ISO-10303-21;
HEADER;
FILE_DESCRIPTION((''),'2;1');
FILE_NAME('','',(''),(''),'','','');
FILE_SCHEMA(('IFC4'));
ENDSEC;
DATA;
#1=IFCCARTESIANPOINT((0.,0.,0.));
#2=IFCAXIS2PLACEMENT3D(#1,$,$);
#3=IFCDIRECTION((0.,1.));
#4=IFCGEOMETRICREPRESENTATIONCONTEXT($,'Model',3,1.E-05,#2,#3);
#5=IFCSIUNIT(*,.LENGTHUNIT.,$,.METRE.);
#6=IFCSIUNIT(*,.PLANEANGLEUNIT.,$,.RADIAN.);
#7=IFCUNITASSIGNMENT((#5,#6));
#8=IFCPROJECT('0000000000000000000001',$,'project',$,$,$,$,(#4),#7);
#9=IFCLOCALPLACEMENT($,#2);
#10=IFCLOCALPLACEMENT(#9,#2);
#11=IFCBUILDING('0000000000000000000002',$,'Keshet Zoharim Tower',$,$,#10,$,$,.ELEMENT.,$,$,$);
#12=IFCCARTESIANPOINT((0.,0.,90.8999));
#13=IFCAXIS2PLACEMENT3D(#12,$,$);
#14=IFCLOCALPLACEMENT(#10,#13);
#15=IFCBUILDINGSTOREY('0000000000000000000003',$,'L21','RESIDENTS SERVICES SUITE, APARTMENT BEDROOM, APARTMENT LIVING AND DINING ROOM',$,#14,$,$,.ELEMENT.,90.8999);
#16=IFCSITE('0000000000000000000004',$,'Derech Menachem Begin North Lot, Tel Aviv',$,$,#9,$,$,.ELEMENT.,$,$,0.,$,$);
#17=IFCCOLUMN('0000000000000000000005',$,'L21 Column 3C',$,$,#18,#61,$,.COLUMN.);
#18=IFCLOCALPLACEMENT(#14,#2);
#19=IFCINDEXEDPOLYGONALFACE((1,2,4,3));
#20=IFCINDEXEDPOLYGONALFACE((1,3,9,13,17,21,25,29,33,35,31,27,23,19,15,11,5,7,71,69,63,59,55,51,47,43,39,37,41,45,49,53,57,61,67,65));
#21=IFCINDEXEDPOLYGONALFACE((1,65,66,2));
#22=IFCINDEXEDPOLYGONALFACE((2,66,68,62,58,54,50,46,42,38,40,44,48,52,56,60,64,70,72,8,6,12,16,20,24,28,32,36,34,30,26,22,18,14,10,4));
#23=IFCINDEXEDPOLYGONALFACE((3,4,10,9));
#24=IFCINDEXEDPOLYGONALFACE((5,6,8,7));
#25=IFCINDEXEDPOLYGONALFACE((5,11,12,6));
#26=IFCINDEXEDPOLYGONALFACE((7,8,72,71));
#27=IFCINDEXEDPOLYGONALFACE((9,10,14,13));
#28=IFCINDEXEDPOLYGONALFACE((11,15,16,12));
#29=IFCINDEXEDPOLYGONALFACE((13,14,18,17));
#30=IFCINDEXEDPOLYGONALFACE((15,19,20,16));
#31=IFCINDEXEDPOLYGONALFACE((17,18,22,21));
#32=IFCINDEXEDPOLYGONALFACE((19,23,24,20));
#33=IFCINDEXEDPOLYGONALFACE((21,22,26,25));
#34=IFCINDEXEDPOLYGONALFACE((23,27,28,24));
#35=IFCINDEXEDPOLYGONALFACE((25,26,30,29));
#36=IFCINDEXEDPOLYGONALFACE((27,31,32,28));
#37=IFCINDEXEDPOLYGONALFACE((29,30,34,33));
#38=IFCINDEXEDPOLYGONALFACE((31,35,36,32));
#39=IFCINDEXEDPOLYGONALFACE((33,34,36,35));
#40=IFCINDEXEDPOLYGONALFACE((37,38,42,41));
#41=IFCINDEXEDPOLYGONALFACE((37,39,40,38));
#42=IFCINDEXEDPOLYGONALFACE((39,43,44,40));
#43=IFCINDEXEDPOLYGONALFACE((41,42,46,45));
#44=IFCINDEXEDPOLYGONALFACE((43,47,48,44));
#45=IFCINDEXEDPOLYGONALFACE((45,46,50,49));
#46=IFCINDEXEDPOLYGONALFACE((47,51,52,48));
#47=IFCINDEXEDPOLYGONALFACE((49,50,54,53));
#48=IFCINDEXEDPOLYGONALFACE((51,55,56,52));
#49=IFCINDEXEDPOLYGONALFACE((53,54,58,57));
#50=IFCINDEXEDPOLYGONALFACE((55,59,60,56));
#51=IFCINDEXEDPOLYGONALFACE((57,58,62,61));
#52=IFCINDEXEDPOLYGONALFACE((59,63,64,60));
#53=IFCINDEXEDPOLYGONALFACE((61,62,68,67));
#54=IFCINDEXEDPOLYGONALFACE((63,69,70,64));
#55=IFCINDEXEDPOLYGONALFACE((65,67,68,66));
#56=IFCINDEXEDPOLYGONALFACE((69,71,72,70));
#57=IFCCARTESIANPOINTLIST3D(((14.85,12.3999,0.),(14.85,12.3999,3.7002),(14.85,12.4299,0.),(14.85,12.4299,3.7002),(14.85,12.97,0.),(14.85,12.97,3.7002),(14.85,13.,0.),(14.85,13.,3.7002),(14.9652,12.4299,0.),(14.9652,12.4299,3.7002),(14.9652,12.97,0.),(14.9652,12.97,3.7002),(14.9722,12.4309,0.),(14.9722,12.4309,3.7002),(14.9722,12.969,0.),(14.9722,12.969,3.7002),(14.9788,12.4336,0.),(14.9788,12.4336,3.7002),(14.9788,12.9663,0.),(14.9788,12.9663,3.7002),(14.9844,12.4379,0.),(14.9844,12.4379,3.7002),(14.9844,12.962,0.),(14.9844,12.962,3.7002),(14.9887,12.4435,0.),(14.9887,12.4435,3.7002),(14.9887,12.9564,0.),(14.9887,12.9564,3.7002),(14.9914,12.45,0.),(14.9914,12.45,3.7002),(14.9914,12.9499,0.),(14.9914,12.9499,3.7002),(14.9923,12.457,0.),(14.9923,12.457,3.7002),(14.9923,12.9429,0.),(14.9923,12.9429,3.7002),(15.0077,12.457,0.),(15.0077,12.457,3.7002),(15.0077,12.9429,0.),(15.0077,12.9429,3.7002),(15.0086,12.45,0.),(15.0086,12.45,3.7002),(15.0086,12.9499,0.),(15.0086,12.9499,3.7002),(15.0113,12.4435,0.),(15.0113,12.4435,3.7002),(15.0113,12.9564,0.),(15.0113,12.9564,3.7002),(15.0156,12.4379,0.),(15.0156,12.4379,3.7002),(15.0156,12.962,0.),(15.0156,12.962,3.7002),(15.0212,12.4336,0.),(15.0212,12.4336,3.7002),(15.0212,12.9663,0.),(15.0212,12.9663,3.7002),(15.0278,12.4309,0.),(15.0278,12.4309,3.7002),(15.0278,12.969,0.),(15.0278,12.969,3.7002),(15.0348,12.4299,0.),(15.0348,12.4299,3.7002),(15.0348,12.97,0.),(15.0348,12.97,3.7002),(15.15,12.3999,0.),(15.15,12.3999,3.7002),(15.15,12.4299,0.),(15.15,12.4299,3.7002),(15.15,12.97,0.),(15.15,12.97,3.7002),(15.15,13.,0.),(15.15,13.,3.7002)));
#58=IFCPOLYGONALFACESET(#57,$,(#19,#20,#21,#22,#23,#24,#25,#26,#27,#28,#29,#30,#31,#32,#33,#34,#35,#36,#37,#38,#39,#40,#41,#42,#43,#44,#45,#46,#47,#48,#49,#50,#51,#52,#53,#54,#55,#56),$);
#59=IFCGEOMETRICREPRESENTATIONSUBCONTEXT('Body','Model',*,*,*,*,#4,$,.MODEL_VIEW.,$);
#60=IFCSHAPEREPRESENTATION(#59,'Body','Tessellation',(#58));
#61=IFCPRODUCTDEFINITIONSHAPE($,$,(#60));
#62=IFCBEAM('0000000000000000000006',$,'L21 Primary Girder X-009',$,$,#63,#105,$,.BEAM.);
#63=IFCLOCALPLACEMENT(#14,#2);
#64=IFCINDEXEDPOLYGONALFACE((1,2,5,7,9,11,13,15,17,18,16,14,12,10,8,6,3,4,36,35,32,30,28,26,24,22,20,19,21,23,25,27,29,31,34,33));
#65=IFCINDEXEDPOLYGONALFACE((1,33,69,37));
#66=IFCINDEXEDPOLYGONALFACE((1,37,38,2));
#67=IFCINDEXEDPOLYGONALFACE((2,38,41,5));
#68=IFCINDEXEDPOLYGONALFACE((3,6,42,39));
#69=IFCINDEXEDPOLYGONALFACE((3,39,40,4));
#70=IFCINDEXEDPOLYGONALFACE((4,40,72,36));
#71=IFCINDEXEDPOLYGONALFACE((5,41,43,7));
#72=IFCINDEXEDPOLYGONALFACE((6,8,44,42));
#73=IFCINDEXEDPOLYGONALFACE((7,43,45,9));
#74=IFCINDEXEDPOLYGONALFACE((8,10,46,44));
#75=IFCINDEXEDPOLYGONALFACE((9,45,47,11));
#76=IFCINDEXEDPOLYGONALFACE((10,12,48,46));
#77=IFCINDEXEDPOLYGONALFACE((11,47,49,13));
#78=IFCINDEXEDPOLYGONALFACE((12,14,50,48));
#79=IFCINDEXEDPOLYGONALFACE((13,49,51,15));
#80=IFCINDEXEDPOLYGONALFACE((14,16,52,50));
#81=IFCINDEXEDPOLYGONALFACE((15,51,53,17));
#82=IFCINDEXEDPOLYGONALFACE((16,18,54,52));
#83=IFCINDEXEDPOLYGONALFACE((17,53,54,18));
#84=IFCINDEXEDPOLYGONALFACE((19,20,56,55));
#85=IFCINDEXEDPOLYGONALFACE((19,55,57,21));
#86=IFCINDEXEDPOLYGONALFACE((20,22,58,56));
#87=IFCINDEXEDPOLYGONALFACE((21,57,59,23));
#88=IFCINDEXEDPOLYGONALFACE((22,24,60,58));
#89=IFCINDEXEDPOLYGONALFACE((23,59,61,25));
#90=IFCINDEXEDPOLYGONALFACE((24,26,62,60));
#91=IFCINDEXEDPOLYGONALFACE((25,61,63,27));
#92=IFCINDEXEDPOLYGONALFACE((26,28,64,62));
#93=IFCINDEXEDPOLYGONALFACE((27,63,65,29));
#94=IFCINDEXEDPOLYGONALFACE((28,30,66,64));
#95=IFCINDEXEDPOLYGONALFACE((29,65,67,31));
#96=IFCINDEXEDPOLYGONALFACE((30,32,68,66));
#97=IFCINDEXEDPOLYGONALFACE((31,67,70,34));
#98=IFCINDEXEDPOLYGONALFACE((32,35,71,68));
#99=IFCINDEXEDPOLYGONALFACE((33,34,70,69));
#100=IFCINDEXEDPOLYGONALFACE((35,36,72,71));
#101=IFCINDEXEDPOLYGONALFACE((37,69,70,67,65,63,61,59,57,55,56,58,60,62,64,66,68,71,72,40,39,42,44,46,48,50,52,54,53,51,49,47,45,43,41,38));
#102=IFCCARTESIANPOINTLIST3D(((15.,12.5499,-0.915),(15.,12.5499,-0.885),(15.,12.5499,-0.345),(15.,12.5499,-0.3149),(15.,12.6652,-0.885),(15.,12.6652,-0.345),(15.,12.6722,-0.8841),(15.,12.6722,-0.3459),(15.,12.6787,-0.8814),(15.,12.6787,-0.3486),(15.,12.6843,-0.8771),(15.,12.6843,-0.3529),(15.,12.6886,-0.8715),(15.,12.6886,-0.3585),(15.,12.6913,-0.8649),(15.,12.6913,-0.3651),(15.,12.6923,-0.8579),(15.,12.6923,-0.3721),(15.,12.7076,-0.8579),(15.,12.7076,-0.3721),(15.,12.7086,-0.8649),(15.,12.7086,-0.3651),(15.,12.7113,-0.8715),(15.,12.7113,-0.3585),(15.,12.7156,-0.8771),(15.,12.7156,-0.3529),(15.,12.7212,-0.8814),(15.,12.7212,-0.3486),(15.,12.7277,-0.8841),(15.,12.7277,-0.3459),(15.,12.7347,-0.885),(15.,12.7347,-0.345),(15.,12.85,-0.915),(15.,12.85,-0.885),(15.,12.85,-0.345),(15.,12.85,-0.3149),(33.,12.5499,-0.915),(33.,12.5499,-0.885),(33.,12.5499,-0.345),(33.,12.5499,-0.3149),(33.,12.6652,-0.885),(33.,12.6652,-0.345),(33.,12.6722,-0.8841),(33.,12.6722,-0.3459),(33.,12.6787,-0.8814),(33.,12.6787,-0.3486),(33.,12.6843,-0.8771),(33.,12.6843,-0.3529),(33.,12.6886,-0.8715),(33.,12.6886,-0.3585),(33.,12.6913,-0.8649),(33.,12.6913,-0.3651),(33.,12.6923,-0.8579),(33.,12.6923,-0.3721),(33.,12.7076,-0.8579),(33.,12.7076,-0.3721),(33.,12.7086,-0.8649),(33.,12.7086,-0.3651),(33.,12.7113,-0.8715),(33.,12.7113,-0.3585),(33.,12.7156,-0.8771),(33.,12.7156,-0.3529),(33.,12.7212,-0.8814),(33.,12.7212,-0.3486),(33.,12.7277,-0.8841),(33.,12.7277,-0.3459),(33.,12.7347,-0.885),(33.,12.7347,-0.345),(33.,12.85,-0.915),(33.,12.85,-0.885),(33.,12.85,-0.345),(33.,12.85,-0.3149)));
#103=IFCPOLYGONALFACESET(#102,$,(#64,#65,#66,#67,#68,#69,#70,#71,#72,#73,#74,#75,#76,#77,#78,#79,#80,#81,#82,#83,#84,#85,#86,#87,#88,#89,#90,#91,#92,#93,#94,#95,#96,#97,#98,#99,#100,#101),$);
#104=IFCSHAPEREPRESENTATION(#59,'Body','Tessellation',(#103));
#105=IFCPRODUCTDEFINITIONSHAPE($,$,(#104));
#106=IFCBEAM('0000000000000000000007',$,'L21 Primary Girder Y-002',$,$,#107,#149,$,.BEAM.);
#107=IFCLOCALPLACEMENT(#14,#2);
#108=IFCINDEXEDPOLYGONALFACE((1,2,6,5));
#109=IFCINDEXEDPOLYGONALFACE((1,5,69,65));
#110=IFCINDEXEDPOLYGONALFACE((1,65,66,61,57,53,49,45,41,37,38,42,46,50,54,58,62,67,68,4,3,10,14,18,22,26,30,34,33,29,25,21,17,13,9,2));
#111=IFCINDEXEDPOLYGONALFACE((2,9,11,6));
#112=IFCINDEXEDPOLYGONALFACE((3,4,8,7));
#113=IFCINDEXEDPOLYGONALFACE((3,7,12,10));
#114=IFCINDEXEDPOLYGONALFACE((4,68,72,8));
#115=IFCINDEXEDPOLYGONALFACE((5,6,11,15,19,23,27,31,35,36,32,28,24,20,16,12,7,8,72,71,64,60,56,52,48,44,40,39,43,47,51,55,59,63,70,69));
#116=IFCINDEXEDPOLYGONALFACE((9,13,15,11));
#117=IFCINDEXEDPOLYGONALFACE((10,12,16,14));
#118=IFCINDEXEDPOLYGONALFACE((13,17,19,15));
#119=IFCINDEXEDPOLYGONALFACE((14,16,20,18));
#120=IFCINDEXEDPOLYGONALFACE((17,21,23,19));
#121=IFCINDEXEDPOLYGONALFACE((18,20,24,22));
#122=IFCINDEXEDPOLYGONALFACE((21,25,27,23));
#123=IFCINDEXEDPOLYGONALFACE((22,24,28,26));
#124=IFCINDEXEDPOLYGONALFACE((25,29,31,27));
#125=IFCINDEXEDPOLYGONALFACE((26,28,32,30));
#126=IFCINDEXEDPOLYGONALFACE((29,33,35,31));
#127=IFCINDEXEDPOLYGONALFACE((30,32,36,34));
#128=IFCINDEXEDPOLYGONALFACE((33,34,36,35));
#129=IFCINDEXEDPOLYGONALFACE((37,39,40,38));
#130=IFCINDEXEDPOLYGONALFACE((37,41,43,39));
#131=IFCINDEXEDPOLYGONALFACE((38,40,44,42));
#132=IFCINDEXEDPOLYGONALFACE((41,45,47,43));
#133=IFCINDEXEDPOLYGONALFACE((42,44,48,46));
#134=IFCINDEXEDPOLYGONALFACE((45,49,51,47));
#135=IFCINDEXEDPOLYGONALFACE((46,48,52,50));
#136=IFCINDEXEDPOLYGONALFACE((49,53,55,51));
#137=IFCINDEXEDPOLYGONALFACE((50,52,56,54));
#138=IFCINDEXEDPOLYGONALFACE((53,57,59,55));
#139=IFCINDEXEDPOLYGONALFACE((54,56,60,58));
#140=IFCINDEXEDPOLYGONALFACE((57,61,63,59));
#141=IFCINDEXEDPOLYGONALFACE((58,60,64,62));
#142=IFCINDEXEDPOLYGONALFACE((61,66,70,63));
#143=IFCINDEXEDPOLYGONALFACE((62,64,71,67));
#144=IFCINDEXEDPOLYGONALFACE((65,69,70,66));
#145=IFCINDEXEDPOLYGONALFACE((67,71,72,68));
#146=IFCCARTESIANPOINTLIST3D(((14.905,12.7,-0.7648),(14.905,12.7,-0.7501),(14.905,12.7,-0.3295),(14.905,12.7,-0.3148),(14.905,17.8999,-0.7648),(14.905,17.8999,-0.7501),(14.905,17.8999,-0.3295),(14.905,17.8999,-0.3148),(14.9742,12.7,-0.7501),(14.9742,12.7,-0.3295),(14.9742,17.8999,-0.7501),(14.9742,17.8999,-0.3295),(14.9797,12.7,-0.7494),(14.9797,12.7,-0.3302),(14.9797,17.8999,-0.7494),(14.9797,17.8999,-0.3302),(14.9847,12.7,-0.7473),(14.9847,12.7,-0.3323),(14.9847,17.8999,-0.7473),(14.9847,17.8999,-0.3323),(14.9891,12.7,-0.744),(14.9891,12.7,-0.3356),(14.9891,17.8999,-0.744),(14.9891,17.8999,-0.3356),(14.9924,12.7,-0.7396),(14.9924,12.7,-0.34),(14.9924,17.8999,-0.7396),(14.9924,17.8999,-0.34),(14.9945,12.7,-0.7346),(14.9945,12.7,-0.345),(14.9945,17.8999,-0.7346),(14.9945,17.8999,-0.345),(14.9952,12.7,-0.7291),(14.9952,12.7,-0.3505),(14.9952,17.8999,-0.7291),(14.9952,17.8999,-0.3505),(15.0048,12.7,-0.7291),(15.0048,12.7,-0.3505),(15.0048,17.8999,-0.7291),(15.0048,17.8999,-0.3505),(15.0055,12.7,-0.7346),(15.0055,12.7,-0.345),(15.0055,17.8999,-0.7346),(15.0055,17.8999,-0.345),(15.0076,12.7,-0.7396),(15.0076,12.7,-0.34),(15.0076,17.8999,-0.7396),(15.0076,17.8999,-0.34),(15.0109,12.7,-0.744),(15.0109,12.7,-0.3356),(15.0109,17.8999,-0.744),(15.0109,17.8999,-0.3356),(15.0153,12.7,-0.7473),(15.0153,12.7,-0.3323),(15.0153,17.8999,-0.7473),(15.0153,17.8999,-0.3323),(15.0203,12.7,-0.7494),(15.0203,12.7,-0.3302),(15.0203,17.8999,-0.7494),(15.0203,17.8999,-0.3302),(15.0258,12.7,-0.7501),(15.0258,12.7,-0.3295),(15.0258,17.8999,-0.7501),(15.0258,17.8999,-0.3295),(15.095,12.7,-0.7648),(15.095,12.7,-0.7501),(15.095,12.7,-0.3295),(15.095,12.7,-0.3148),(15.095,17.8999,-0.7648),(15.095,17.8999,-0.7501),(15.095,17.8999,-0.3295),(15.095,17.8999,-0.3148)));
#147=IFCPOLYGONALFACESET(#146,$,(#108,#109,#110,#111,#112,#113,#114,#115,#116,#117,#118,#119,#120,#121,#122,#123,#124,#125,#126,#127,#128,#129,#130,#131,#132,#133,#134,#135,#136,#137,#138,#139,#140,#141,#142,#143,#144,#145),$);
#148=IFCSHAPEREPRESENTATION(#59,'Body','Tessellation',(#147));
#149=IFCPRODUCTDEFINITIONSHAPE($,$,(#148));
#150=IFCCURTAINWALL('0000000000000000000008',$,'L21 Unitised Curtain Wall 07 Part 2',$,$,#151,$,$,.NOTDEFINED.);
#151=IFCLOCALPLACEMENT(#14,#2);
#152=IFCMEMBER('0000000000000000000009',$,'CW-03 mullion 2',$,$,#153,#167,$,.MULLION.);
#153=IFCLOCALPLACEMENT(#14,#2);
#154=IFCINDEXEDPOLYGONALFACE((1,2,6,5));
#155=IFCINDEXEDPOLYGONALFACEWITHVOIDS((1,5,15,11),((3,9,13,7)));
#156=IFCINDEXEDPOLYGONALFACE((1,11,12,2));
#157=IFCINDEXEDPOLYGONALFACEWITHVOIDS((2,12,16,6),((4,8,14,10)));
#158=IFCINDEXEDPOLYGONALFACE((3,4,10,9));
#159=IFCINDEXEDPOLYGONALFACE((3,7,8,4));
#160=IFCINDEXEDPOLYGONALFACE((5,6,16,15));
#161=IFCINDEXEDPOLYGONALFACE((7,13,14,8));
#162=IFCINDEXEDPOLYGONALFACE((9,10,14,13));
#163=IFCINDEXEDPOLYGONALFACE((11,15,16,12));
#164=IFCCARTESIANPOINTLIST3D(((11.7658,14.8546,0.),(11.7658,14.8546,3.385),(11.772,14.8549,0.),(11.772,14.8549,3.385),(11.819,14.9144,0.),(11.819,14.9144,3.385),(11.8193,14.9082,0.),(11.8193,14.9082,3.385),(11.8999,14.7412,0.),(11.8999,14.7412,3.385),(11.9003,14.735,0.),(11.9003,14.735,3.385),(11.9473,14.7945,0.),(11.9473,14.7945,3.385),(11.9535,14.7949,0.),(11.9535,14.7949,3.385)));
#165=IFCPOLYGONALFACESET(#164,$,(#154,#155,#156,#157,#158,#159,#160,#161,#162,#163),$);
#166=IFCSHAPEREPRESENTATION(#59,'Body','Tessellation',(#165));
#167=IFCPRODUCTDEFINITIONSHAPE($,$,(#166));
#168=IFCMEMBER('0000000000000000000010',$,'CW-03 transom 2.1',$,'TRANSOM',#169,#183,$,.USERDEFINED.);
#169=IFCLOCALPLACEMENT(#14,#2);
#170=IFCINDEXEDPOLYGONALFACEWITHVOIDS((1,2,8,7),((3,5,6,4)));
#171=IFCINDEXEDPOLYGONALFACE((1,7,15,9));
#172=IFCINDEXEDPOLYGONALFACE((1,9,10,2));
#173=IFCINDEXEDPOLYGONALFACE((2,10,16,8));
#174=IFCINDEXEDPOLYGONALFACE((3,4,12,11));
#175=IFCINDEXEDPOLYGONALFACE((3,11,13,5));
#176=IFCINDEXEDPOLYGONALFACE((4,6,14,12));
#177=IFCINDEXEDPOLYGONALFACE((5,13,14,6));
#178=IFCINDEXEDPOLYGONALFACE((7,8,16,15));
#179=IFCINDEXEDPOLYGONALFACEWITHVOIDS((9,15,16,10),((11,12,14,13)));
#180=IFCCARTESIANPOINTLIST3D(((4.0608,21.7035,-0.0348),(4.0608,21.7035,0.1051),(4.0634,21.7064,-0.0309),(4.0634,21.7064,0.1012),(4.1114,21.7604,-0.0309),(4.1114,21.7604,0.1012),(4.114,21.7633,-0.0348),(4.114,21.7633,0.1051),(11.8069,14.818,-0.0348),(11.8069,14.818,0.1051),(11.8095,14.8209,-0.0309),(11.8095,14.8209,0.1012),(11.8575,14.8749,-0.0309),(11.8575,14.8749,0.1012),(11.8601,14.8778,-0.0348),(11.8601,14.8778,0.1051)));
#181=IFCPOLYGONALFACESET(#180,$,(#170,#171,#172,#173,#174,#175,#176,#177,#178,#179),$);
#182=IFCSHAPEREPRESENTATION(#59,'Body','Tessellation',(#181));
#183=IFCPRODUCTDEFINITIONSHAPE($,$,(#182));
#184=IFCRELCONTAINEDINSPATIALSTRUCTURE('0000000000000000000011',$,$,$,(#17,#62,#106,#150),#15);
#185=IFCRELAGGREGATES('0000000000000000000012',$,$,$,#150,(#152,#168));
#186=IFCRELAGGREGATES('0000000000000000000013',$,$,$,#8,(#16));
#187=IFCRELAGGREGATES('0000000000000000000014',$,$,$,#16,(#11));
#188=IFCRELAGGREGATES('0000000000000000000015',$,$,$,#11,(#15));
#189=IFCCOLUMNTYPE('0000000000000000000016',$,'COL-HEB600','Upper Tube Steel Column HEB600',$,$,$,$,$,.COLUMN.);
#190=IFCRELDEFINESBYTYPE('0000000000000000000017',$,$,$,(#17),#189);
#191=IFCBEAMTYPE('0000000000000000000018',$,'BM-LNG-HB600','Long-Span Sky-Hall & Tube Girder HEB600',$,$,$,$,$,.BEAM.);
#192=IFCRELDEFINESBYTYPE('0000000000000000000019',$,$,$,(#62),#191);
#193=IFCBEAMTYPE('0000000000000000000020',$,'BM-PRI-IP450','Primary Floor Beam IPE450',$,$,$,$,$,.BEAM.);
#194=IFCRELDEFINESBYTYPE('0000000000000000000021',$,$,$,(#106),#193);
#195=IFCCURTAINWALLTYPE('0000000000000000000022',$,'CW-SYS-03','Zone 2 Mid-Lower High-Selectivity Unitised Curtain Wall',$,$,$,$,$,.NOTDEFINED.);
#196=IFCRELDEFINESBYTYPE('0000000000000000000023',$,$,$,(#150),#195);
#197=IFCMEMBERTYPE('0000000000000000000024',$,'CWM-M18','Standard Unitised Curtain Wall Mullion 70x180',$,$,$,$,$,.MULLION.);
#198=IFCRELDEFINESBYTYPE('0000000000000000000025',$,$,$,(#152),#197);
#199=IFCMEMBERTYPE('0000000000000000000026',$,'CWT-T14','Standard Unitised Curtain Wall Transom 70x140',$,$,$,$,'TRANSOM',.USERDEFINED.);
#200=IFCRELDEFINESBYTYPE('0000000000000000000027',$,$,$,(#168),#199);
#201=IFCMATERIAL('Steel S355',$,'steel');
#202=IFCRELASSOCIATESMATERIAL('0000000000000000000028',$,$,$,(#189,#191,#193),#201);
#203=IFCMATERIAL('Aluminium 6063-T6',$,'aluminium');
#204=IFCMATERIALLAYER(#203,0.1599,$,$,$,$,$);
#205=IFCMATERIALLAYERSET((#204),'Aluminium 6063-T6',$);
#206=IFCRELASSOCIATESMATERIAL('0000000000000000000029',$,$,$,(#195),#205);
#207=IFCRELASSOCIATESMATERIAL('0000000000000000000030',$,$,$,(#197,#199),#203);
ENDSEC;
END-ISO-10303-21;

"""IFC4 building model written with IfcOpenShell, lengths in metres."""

from ifc_helpers import new_model, si_unit, direction, frame, origin, origin_2d, place, context, subcontext, project, spatial, hollow_rectangle, i_section, extrude, material, layer, layer_set, material_profile, profile_set, type_object, element, aggregate, save


model = new_model("IFC4")

# Units and contexts
model_context = context("Model", 3, precision=1e-05, world=origin(), true_north=direction((0.0, 1.0)))
body_context = subcontext(model_context, "Body", "Model", "MODEL_VIEW")
ifc_project = project(units=[si_unit("LENGTHUNIT", "METRE"), si_unit("PLANEANGLEUNIT", "RADIAN")], contexts=[model_context])

# Site, building, storey
site_placement = place(None, origin())
site = spatial("IfcSite", under=ifc_project, at=site_placement, Name="Derech Menachem Begin North Lot, Tel Aviv", CompositionType="ELEMENT", RefElevation=0.0)
building_placement = place(site_placement, origin())
building = spatial("IfcBuilding", under=site, at=building_placement, Name="Keshet Zoharim Tower", CompositionType="ELEMENT")
storey_placement = place(building_placement, frame((0.0, 0.0, 90.8999)))
storey = spatial("IfcBuildingStorey", under=building, at=storey_placement, Name="L21", Description="RESIDENTS SERVICES SUITE, APARTMENT BEDROOM, APARTMENT LIVING AND DINING ROOM", CompositionType="ELEMENT", Elevation=90.8999)

# Column
ifc_material_1 = material(Name="Steel S355", Category="steel")
ifc_material_profile_1 = material_profile(ifc_material_1, i_section(OverallWidth=0.3, OverallDepth=0.6001, WebThickness=0.0154, FlangeThickness=0.03, FilletRadius=0.0271, at=origin_2d()), Name="HEB600")
ifc_profile_set_1 = profile_set([ifc_material_profile_1], Name="Steel S355")
column_type = type_object("IfcColumnType", Name="COL-HEB600", Description="Upper Tube Steel Column HEB600", PredefinedType="COLUMN", material=ifc_profile_set_1)
column_placement = place(storey_placement, frame((15.0, 12.7, 0.0), z_axis=(0.0, 0.0, 1.0), x_axis=(1.0, 0.0, 0.0)))
element("IfcColumn", 1, at=column_placement, inside=storey, type_object=column_type, Name="L21 Column 3C", PredefinedType="COLUMN", context=body_context, shape_type="SweptSolid", body=[
    extrude(i_section(OverallWidth=0.3, OverallDepth=0.6001, WebThickness=0.0154, FlangeThickness=0.03, FilletRadius=0.0271, at=origin_2d()), origin(), (0.0, 0.0, 1.0), 3.7002),
])

# Beams
ifc_material_profile_2 = material_profile(ifc_material_1, i_section(OverallWidth=0.3, OverallDepth=0.6001, WebThickness=0.0154, FlangeThickness=0.03, FilletRadius=0.0271, at=origin_2d()), Name="HEB600")
ifc_profile_set_2 = profile_set([ifc_material_profile_2], Name="Steel S355")
beam_type_1 = type_object("IfcBeamType", Name="BM-LNG-HB600", Description="Long-Span Sky-Hall & Tube Girder HEB600", PredefinedType="BEAM", material=ifc_profile_set_2)
beam_1_placement = place(storey_placement, frame((15.0, 12.7, -0.615), z_axis=(1.0, 0.0, 0.0), x_axis=(0.0, 1.0, 0.0)))
element("IfcBeam", 2, at=beam_1_placement, inside=storey, type_object=beam_type_1, Name="L21 Primary Girder X-009", PredefinedType="BEAM", context=body_context, shape_type="SweptSolid", body=[
    extrude(i_section(OverallWidth=0.3, OverallDepth=0.6001, WebThickness=0.0154, FlangeThickness=0.03, FilletRadius=0.0271, at=origin_2d()), origin(), (0.0, 0.0, 1.0), 18.0),
])
ifc_material_profile_3 = material_profile(ifc_material_1, i_section(OverallWidth=0.1899, OverallDepth=0.45, WebThickness=0.0095, FlangeThickness=0.0146, FilletRadius=0.021, at=origin_2d()), Name="IPE450")
ifc_profile_set_3 = profile_set([ifc_material_profile_3], Name="Steel S355")
beam_type_2 = type_object("IfcBeamType", Name="BM-PRI-IP450", Description="Primary Floor Beam IPE450", PredefinedType="BEAM", material=ifc_profile_set_3)
beam_2_placement = place(storey_placement, frame((15.0, 12.7, -0.5398), z_axis=(0.0, 1.0, 0.0), x_axis=(-1.0, 0.0, 0.0)))
element("IfcBeam", 3, at=beam_2_placement, inside=storey, type_object=beam_type_2, Name="L21 Primary Girder Y-002", PredefinedType="BEAM", context=body_context, shape_type="SweptSolid", body=[
    extrude(i_section(OverallWidth=0.1899, OverallDepth=0.45, WebThickness=0.0095, FlangeThickness=0.0146, FilletRadius=0.021, at=origin_2d()), origin(), (0.0, 0.0, 1.0), 5.2),
])

# Curtain wall, members
ifc_material_2 = material(Name="Aluminium 6063-T6", Category="aluminium")
ifc_layer_1 = layer(ifc_material_2, 0.1599)
ifc_layer_set_1 = layer_set([ifc_layer_1], Name="Aluminium 6063-T6")
curtain_wall_type = type_object("IfcCurtainWallType", Name="CW-SYS-03", Description="Zone 2 Mid-Lower High-Selectivity Unitised Curtain Wall", PredefinedType="NOTDEFINED", material=ifc_layer_set_1)
curtain_wall_placement = place(storey_placement, origin())
curtain_wall = element("IfcCurtainWall", 4, at=curtain_wall_placement, inside=storey, type_object=curtain_wall_type, Name="L21 Unitised Curtain Wall 07 Part 2", PredefinedType="NOTDEFINED")
ifc_material_profile_4 = material_profile(ifc_material_2, hollow_rectangle(XDim=0.0801, YDim=0.1799, WallThickness=0.0044, at=origin_2d()), Name="MUL-80x180")
ifc_profile_set_4 = profile_set([ifc_material_profile_4], Name="Aluminium 6063-T6")
member_type_1 = type_object("IfcMemberType", Name="CWM-M18", Description="Standard Unitised Curtain Wall Mullion 70x180", PredefinedType="MULLION", material=ifc_profile_set_4)
member_1_placement = place(storey_placement, frame((11.8596, 14.8247, 0.0), z_axis=(0.0, 0.0, 1.0), x_axis=(-0.664364, -0.747409, 0.0)))
member_1 = element("IfcMember", 5, at=member_1_placement, type_object=member_type_1, Name="CW-03 mullion 2", PredefinedType="MULLION", context=body_context, shape_type="SweptSolid", body=[
    extrude(hollow_rectangle(XDim=0.0801, YDim=0.1799, WallThickness=0.0044, at=origin_2d()), origin(), (0.0, 0.0, 1.0), 3.385),
])
ifc_material_profile_5 = material_profile(ifc_material_2, hollow_rectangle(XDim=0.0801, YDim=0.1399, WallThickness=0.0039, at=origin_2d()), Name="TRN-80x140")
ifc_profile_set_5 = profile_set([ifc_material_profile_5], Name="Aluminium 6063-T6")
member_type_2 = type_object("IfcMemberType", Name="CWT-T14", Description="Standard Unitised Curtain Wall Transom 70x140", ElementType="TRANSOM", PredefinedType="USERDEFINED", material=ifc_profile_set_5)
member_2_placement = place(storey_placement, frame((11.8335, 14.8479, 0.0352), z_axis=(-0.747405, 0.664368, 0.0), x_axis=(-0.664368, -0.747405, 0.0)))
member_2 = element("IfcMember", 6, at=member_2_placement, type_object=member_type_2, Name="CW-03 transom 2.1", ObjectType="TRANSOM", PredefinedType="USERDEFINED", context=body_context, shape_type="SweptSolid", body=[
    extrude(hollow_rectangle(XDim=0.0801, YDim=0.1399, WallThickness=0.0039, at=origin_2d()), origin(), (0.0, 0.0, 1.0), 10.364),
])
aggregate(curtain_wall, [member_1, member_2])

save(model, "model.ifc")
